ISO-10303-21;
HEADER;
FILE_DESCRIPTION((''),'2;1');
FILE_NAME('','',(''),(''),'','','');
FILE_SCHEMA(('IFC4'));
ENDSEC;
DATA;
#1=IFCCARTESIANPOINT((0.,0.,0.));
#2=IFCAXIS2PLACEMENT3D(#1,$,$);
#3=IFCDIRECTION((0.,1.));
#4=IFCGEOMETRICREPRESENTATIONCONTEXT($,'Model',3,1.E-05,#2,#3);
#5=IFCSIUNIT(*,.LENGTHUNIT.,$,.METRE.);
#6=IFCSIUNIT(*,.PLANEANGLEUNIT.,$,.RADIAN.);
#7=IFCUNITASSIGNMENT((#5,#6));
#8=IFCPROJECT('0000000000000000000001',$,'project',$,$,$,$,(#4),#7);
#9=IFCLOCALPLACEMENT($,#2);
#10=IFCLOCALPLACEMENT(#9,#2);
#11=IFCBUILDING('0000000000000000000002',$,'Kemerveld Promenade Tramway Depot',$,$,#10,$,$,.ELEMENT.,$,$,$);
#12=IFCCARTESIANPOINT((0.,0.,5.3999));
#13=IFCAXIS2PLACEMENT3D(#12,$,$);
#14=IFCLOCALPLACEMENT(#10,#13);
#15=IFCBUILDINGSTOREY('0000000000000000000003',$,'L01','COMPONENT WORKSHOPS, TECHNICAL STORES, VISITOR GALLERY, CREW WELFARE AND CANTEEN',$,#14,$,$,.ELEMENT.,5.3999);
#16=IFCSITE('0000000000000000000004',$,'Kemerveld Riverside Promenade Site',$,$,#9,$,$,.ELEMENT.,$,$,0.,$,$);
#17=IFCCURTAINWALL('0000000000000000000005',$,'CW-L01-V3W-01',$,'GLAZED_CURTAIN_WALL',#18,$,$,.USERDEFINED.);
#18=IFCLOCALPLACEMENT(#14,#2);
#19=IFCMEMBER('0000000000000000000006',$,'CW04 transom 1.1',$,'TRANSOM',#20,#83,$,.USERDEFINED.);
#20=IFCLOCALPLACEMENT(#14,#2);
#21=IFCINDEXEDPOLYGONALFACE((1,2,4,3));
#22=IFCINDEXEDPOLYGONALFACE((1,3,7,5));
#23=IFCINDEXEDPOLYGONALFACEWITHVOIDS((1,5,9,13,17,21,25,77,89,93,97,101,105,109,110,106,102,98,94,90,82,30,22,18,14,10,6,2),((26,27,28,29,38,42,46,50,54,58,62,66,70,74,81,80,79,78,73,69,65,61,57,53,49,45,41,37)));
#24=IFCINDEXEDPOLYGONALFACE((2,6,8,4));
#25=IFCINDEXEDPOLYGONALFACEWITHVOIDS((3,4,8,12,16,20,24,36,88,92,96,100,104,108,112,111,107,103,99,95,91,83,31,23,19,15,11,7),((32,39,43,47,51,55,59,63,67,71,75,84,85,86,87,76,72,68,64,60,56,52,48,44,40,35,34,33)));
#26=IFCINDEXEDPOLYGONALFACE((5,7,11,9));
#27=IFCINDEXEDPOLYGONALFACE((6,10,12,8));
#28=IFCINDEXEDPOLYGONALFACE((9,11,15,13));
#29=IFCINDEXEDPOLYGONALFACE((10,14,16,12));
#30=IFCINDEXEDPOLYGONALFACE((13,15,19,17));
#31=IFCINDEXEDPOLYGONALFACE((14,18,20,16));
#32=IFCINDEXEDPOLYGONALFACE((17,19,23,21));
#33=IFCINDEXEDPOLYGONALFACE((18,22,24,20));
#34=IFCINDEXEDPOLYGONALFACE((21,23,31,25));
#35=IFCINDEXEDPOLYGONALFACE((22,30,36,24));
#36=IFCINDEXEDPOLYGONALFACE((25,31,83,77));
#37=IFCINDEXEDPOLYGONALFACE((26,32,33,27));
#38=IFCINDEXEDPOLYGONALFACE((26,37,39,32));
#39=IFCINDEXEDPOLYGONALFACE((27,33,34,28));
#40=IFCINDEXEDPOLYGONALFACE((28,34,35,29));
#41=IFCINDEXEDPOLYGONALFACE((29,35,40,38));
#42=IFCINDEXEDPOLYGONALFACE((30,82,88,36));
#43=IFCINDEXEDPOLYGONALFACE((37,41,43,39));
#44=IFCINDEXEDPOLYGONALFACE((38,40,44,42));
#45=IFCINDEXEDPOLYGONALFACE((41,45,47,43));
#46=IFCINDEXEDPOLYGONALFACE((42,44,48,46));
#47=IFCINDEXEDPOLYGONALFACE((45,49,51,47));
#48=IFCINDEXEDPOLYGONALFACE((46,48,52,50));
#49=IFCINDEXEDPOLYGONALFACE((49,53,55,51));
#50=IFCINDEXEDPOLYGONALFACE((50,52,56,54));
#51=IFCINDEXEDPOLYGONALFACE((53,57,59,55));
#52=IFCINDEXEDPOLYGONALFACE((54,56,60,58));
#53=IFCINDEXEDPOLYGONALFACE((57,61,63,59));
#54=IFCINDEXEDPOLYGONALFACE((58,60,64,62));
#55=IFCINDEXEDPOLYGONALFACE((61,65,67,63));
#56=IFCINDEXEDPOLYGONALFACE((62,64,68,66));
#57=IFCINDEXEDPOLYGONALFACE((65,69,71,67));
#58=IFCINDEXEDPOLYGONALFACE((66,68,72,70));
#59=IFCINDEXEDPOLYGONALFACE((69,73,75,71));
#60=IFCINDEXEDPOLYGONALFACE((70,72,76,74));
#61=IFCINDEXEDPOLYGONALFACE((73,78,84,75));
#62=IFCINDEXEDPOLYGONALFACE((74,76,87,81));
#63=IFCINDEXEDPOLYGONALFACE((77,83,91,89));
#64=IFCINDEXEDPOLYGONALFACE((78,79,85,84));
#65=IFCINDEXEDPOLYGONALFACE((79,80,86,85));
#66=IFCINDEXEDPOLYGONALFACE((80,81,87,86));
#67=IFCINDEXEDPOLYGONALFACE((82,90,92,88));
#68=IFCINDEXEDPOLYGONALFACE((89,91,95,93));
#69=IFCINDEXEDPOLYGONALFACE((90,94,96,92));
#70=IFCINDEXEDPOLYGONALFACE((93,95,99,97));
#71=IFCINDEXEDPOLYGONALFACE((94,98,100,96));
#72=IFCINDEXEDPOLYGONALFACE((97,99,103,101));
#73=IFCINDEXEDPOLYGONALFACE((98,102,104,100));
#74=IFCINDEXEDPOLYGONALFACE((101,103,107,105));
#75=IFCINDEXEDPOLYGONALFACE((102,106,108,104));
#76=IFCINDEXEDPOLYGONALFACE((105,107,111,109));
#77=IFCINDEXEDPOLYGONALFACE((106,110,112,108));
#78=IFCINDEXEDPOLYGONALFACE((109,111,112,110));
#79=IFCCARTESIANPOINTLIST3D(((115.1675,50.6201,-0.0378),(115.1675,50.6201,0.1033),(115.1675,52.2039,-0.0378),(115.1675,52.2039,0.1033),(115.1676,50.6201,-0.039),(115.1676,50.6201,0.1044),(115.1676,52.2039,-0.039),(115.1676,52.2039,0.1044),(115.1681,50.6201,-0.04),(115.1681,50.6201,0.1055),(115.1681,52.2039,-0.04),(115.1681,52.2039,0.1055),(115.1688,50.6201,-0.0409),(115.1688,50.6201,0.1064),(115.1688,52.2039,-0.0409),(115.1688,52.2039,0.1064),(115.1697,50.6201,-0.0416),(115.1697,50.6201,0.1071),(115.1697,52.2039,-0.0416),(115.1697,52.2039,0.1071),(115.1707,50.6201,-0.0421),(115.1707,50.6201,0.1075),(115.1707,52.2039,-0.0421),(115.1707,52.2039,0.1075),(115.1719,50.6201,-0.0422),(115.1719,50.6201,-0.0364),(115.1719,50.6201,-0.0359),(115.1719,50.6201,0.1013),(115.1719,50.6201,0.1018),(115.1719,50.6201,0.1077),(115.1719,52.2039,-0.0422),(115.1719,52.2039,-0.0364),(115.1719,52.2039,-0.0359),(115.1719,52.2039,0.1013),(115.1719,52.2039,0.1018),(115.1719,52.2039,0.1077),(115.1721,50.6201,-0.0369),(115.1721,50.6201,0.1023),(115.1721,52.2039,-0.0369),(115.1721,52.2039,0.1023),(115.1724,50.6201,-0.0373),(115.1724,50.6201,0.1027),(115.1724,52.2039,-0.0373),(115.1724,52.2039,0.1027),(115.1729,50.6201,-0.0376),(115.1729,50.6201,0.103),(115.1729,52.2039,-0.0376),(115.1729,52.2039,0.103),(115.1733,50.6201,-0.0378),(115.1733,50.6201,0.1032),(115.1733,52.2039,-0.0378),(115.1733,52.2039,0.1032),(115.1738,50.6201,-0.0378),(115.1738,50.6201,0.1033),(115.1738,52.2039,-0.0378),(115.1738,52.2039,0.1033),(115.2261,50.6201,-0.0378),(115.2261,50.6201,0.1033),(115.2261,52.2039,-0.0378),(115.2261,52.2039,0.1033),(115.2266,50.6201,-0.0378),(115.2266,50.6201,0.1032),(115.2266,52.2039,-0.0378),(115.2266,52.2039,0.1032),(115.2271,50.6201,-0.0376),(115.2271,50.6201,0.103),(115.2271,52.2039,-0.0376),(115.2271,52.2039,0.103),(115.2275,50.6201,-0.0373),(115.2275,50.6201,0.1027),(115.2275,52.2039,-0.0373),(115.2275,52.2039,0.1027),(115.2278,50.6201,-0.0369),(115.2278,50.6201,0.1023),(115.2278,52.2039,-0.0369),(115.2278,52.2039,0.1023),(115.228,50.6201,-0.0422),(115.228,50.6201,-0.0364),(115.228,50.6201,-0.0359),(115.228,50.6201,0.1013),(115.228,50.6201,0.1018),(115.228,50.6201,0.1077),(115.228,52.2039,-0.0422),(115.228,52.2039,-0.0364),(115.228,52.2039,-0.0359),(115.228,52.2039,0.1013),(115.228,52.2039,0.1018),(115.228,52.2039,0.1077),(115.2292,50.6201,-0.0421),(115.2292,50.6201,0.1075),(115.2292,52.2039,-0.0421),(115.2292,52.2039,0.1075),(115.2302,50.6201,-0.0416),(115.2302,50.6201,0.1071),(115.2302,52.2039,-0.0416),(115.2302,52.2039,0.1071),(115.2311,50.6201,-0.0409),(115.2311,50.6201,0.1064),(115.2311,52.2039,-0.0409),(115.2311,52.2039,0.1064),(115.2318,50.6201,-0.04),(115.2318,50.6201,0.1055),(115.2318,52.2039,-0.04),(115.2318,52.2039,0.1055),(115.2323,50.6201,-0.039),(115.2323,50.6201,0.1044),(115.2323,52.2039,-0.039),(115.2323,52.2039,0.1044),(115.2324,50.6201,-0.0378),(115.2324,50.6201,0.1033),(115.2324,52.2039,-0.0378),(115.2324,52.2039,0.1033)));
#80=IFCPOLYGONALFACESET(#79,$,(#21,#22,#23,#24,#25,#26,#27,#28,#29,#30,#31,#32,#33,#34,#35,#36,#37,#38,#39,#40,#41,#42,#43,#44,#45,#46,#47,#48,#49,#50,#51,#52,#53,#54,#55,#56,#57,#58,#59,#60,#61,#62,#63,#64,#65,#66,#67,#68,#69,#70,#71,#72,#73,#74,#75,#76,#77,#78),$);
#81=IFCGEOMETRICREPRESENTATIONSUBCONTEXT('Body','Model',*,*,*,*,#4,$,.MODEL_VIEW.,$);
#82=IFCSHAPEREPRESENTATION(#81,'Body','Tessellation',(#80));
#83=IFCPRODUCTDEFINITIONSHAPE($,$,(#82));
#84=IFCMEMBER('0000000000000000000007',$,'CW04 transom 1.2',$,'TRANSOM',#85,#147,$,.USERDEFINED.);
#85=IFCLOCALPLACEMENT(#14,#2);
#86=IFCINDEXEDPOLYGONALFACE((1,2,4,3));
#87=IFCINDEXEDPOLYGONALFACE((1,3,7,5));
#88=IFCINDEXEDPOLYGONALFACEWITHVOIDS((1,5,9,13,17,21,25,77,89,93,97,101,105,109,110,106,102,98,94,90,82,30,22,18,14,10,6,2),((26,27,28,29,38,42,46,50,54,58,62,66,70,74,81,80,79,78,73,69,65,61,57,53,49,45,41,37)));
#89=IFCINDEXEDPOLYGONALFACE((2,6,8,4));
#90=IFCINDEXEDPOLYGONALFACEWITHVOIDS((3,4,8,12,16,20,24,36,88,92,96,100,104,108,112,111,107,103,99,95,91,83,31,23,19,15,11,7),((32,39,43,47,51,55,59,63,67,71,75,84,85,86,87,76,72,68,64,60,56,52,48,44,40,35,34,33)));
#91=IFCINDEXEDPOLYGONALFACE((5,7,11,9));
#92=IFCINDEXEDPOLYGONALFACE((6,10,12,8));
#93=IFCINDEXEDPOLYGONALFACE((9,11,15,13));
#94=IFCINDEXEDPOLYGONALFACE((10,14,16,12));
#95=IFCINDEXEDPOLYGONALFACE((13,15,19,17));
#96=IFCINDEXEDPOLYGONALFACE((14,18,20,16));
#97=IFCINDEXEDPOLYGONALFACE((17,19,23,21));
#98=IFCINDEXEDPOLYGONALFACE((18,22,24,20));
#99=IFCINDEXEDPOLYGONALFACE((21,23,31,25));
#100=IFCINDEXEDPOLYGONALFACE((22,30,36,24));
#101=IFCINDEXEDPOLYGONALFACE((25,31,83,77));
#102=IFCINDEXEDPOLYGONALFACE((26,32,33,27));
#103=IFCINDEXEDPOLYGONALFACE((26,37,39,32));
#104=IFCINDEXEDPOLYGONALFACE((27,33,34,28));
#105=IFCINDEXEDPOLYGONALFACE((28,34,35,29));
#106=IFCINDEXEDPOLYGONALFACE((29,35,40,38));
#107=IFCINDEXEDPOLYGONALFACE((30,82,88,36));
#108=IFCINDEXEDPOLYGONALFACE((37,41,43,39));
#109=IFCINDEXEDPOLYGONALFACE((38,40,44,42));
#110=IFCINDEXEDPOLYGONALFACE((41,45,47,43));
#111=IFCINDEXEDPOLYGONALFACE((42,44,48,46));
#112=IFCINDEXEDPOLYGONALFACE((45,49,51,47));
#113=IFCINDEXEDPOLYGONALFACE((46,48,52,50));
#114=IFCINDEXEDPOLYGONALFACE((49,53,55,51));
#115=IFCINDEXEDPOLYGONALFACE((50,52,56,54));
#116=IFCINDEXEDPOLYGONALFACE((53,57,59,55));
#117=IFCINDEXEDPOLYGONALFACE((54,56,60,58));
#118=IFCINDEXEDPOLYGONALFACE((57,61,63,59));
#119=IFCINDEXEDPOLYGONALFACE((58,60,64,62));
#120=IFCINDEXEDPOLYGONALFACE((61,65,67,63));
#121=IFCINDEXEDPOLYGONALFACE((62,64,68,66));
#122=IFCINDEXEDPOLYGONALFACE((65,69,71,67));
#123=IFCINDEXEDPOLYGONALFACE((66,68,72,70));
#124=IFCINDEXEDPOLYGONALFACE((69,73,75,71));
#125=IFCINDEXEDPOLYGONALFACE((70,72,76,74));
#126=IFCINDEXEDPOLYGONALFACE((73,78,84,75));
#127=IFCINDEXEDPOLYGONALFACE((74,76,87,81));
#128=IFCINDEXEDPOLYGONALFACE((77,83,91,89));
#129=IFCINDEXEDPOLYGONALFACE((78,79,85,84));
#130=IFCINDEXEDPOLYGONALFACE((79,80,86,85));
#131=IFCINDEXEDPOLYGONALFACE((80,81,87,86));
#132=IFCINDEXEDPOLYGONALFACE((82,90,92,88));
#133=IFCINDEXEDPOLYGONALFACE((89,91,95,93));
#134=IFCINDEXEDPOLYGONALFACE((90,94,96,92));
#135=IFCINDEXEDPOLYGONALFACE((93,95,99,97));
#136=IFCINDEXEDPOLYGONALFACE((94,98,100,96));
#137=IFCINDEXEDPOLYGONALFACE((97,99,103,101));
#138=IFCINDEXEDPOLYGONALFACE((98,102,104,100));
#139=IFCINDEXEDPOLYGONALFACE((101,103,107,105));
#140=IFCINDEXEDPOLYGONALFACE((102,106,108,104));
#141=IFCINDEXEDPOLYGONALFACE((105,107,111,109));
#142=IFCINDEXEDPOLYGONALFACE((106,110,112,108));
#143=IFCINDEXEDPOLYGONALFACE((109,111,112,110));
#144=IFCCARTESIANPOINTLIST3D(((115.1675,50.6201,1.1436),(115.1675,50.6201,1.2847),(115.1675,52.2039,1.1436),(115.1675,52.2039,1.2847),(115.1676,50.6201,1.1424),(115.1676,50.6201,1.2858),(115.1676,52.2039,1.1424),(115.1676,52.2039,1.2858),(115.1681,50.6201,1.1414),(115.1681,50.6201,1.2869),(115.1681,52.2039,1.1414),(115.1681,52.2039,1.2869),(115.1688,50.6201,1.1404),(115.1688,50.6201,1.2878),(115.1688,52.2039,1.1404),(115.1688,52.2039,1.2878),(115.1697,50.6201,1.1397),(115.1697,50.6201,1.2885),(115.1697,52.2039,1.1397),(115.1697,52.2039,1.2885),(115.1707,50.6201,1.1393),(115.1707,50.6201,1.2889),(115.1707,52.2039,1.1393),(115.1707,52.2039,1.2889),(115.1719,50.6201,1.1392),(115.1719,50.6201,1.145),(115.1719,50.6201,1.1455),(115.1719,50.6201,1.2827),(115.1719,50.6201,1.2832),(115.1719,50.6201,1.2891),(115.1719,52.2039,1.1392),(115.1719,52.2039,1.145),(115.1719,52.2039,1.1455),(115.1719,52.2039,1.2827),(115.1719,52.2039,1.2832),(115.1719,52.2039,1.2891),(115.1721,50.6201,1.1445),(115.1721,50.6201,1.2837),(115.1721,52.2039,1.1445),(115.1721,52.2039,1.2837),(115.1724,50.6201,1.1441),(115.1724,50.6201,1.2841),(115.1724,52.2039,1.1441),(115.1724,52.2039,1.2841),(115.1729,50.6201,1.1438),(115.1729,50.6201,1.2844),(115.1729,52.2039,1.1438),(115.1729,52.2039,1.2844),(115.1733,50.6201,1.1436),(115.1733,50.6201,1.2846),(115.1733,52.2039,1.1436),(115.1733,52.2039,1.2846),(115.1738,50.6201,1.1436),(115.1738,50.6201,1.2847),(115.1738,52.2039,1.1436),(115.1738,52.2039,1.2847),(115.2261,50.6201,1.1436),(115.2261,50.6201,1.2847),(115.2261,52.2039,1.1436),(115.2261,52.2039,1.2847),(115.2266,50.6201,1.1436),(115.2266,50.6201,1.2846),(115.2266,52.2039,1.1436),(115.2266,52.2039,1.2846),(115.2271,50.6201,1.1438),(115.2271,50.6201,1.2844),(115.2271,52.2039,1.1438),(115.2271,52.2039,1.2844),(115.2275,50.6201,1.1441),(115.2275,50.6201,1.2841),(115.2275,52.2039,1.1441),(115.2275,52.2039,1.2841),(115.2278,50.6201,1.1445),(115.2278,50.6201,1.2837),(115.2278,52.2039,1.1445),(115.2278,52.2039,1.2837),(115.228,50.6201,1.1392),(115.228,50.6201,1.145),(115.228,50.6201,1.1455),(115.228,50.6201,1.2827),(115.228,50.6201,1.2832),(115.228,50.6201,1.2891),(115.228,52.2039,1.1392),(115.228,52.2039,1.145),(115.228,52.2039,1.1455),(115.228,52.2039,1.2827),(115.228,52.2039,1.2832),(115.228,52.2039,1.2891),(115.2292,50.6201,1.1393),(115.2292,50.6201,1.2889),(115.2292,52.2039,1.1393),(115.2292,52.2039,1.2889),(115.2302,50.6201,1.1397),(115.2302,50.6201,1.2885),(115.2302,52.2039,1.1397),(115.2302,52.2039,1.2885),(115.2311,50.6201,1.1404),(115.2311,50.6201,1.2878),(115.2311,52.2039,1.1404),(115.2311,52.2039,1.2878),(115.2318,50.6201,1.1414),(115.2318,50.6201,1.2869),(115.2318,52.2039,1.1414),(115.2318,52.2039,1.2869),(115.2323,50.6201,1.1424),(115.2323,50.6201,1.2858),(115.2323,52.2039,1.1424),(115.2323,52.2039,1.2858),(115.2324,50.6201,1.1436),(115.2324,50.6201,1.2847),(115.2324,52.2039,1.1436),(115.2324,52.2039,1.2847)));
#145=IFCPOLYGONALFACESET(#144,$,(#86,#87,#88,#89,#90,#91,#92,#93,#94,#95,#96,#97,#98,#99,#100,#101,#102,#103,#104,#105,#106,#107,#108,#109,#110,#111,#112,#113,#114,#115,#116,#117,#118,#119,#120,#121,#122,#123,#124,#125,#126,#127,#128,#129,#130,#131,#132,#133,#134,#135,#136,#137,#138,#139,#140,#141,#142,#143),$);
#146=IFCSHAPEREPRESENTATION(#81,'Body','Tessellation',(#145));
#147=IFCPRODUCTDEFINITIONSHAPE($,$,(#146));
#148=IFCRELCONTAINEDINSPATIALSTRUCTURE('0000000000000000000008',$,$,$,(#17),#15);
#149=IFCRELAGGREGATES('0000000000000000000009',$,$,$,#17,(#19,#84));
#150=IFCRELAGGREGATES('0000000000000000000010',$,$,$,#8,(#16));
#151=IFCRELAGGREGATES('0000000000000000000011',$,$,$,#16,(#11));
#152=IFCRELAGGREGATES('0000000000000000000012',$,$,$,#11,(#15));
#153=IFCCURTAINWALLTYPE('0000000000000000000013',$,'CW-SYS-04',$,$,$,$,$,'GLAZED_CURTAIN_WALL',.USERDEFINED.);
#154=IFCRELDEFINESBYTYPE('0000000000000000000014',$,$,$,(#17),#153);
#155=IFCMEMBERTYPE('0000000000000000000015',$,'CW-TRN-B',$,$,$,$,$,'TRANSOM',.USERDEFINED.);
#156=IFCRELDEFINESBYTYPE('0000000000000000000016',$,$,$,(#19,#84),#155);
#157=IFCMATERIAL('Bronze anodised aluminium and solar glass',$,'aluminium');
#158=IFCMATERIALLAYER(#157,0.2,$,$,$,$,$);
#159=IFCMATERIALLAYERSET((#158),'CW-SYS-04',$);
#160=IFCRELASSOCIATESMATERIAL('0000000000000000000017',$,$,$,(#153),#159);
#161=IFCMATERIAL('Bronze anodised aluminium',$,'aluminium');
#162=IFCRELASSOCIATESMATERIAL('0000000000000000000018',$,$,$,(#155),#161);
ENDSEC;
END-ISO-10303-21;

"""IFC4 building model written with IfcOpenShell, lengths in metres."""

from ifc_helpers import new_model, si_unit, direction, frame, origin, origin_2d, place, context, subcontext, project, spatial, hollow_rectangle, extrude, material, layer, layer_set, material_profile, profile_set, type_object, element, aggregate, save


model = new_model("IFC4")

# Units and contexts
model_context = context("Model", 3, precision=1e-05, world=origin(), true_north=direction((0.0, 1.0)))
body_context = subcontext(model_context, "Body", "Model", "MODEL_VIEW")
ifc_project = project(units=[si_unit("LENGTHUNIT", "METRE"), si_unit("PLANEANGLEUNIT", "RADIAN")], contexts=[model_context])

# Site, building, storey
site_placement = place(None, origin())
site = spatial("IfcSite", under=ifc_project, at=site_placement, Name="Kemerveld Riverside Promenade Site", CompositionType="ELEMENT", RefElevation=0.0)
building_placement = place(site_placement, origin())
building = spatial("IfcBuilding", under=site, at=building_placement, Name="Kemerveld Promenade Tramway Depot", CompositionType="ELEMENT")
storey_placement = place(building_placement, frame((0.0, 0.0, 5.3999)))
storey = spatial("IfcBuildingStorey", under=building, at=storey_placement, Name="L01", Description="COMPONENT WORKSHOPS, TECHNICAL STORES, VISITOR GALLERY, CREW WELFARE AND CANTEEN", CompositionType="ELEMENT", Elevation=5.3999)

# Curtain wall, members
ifc_material_1 = material(Name="Bronze anodised aluminium and solar glass", Category="aluminium")
ifc_layer_1 = layer(ifc_material_1, 0.2)
ifc_layer_set_1 = layer_set([ifc_layer_1], Name="CW-SYS-04")
curtain_wall_type = type_object("IfcCurtainWallType", Name="CW-SYS-04", ElementType="GLAZED_CURTAIN_WALL", PredefinedType="USERDEFINED", material=ifc_layer_set_1)
curtain_wall_placement = place(storey_placement, origin())
curtain_wall = element("IfcCurtainWall", 1, at=curtain_wall_placement, inside=storey, type_object=curtain_wall_type, Name="CW-L01-V3W-01", ObjectType="GLAZED_CURTAIN_WALL", PredefinedType="USERDEFINED")
ifc_material_2 = material(Name="Bronze anodised aluminium", Category="aluminium")
ifc_material_profile_1 = material_profile(ifc_material_2, hollow_rectangle(XDim=0.0649, YDim=0.1499, WallThickness=0.0044, InnerFilletRadius=0.002, OuterFilletRadius=0.0044, at=origin_2d()), Name="CW-TRN-150x65")
ifc_profile_set_1 = profile_set([ifc_material_profile_1], Name="Bronze anodised aluminium")
member_type_1 = type_object("IfcMemberType", Name="CW-TRN-B", ElementType="TRANSOM", PredefinedType="USERDEFINED", material=ifc_profile_set_1)
member_1_placement = place(storey_placement, frame((115.2, 50.6201, 0.0327), z_axis=(0.0, 1.0, 0.0), x_axis=(-1.0, 0.0, 0.0)))
member_1 = element("IfcMember", 2, at=member_1_placement, type_object=member_type_1, Name="CW04 transom 1.1", ObjectType="TRANSOM", PredefinedType="USERDEFINED", context=body_context, shape_type="SweptSolid", body=[
    extrude(hollow_rectangle(XDim=0.0649, YDim=0.1499, WallThickness=0.0044, InnerFilletRadius=0.002, OuterFilletRadius=0.0044, at=origin_2d()), origin(), (0.0, 0.0, 1.0), 1.5837),
])
member_2_placement = place(storey_placement, frame((115.2, 50.6201, 1.2141), z_axis=(0.0, 1.0, 0.0), x_axis=(-1.0, 0.0, 0.0)))
member_2 = element("IfcMember", 3, at=member_2_placement, type_object=member_type_1, Name="CW04 transom 1.2", ObjectType="TRANSOM", PredefinedType="USERDEFINED", context=body_context, shape_type="SweptSolid", body=[
    extrude(hollow_rectangle(XDim=0.0649, YDim=0.1499, WallThickness=0.0044, InnerFilletRadius=0.002, OuterFilletRadius=0.0044, at=origin_2d()), origin(), (0.0, 0.0, 1.0), 1.5837),
])
aggregate(curtain_wall, [member_1, member_2])

save(model, "model.ifc")
